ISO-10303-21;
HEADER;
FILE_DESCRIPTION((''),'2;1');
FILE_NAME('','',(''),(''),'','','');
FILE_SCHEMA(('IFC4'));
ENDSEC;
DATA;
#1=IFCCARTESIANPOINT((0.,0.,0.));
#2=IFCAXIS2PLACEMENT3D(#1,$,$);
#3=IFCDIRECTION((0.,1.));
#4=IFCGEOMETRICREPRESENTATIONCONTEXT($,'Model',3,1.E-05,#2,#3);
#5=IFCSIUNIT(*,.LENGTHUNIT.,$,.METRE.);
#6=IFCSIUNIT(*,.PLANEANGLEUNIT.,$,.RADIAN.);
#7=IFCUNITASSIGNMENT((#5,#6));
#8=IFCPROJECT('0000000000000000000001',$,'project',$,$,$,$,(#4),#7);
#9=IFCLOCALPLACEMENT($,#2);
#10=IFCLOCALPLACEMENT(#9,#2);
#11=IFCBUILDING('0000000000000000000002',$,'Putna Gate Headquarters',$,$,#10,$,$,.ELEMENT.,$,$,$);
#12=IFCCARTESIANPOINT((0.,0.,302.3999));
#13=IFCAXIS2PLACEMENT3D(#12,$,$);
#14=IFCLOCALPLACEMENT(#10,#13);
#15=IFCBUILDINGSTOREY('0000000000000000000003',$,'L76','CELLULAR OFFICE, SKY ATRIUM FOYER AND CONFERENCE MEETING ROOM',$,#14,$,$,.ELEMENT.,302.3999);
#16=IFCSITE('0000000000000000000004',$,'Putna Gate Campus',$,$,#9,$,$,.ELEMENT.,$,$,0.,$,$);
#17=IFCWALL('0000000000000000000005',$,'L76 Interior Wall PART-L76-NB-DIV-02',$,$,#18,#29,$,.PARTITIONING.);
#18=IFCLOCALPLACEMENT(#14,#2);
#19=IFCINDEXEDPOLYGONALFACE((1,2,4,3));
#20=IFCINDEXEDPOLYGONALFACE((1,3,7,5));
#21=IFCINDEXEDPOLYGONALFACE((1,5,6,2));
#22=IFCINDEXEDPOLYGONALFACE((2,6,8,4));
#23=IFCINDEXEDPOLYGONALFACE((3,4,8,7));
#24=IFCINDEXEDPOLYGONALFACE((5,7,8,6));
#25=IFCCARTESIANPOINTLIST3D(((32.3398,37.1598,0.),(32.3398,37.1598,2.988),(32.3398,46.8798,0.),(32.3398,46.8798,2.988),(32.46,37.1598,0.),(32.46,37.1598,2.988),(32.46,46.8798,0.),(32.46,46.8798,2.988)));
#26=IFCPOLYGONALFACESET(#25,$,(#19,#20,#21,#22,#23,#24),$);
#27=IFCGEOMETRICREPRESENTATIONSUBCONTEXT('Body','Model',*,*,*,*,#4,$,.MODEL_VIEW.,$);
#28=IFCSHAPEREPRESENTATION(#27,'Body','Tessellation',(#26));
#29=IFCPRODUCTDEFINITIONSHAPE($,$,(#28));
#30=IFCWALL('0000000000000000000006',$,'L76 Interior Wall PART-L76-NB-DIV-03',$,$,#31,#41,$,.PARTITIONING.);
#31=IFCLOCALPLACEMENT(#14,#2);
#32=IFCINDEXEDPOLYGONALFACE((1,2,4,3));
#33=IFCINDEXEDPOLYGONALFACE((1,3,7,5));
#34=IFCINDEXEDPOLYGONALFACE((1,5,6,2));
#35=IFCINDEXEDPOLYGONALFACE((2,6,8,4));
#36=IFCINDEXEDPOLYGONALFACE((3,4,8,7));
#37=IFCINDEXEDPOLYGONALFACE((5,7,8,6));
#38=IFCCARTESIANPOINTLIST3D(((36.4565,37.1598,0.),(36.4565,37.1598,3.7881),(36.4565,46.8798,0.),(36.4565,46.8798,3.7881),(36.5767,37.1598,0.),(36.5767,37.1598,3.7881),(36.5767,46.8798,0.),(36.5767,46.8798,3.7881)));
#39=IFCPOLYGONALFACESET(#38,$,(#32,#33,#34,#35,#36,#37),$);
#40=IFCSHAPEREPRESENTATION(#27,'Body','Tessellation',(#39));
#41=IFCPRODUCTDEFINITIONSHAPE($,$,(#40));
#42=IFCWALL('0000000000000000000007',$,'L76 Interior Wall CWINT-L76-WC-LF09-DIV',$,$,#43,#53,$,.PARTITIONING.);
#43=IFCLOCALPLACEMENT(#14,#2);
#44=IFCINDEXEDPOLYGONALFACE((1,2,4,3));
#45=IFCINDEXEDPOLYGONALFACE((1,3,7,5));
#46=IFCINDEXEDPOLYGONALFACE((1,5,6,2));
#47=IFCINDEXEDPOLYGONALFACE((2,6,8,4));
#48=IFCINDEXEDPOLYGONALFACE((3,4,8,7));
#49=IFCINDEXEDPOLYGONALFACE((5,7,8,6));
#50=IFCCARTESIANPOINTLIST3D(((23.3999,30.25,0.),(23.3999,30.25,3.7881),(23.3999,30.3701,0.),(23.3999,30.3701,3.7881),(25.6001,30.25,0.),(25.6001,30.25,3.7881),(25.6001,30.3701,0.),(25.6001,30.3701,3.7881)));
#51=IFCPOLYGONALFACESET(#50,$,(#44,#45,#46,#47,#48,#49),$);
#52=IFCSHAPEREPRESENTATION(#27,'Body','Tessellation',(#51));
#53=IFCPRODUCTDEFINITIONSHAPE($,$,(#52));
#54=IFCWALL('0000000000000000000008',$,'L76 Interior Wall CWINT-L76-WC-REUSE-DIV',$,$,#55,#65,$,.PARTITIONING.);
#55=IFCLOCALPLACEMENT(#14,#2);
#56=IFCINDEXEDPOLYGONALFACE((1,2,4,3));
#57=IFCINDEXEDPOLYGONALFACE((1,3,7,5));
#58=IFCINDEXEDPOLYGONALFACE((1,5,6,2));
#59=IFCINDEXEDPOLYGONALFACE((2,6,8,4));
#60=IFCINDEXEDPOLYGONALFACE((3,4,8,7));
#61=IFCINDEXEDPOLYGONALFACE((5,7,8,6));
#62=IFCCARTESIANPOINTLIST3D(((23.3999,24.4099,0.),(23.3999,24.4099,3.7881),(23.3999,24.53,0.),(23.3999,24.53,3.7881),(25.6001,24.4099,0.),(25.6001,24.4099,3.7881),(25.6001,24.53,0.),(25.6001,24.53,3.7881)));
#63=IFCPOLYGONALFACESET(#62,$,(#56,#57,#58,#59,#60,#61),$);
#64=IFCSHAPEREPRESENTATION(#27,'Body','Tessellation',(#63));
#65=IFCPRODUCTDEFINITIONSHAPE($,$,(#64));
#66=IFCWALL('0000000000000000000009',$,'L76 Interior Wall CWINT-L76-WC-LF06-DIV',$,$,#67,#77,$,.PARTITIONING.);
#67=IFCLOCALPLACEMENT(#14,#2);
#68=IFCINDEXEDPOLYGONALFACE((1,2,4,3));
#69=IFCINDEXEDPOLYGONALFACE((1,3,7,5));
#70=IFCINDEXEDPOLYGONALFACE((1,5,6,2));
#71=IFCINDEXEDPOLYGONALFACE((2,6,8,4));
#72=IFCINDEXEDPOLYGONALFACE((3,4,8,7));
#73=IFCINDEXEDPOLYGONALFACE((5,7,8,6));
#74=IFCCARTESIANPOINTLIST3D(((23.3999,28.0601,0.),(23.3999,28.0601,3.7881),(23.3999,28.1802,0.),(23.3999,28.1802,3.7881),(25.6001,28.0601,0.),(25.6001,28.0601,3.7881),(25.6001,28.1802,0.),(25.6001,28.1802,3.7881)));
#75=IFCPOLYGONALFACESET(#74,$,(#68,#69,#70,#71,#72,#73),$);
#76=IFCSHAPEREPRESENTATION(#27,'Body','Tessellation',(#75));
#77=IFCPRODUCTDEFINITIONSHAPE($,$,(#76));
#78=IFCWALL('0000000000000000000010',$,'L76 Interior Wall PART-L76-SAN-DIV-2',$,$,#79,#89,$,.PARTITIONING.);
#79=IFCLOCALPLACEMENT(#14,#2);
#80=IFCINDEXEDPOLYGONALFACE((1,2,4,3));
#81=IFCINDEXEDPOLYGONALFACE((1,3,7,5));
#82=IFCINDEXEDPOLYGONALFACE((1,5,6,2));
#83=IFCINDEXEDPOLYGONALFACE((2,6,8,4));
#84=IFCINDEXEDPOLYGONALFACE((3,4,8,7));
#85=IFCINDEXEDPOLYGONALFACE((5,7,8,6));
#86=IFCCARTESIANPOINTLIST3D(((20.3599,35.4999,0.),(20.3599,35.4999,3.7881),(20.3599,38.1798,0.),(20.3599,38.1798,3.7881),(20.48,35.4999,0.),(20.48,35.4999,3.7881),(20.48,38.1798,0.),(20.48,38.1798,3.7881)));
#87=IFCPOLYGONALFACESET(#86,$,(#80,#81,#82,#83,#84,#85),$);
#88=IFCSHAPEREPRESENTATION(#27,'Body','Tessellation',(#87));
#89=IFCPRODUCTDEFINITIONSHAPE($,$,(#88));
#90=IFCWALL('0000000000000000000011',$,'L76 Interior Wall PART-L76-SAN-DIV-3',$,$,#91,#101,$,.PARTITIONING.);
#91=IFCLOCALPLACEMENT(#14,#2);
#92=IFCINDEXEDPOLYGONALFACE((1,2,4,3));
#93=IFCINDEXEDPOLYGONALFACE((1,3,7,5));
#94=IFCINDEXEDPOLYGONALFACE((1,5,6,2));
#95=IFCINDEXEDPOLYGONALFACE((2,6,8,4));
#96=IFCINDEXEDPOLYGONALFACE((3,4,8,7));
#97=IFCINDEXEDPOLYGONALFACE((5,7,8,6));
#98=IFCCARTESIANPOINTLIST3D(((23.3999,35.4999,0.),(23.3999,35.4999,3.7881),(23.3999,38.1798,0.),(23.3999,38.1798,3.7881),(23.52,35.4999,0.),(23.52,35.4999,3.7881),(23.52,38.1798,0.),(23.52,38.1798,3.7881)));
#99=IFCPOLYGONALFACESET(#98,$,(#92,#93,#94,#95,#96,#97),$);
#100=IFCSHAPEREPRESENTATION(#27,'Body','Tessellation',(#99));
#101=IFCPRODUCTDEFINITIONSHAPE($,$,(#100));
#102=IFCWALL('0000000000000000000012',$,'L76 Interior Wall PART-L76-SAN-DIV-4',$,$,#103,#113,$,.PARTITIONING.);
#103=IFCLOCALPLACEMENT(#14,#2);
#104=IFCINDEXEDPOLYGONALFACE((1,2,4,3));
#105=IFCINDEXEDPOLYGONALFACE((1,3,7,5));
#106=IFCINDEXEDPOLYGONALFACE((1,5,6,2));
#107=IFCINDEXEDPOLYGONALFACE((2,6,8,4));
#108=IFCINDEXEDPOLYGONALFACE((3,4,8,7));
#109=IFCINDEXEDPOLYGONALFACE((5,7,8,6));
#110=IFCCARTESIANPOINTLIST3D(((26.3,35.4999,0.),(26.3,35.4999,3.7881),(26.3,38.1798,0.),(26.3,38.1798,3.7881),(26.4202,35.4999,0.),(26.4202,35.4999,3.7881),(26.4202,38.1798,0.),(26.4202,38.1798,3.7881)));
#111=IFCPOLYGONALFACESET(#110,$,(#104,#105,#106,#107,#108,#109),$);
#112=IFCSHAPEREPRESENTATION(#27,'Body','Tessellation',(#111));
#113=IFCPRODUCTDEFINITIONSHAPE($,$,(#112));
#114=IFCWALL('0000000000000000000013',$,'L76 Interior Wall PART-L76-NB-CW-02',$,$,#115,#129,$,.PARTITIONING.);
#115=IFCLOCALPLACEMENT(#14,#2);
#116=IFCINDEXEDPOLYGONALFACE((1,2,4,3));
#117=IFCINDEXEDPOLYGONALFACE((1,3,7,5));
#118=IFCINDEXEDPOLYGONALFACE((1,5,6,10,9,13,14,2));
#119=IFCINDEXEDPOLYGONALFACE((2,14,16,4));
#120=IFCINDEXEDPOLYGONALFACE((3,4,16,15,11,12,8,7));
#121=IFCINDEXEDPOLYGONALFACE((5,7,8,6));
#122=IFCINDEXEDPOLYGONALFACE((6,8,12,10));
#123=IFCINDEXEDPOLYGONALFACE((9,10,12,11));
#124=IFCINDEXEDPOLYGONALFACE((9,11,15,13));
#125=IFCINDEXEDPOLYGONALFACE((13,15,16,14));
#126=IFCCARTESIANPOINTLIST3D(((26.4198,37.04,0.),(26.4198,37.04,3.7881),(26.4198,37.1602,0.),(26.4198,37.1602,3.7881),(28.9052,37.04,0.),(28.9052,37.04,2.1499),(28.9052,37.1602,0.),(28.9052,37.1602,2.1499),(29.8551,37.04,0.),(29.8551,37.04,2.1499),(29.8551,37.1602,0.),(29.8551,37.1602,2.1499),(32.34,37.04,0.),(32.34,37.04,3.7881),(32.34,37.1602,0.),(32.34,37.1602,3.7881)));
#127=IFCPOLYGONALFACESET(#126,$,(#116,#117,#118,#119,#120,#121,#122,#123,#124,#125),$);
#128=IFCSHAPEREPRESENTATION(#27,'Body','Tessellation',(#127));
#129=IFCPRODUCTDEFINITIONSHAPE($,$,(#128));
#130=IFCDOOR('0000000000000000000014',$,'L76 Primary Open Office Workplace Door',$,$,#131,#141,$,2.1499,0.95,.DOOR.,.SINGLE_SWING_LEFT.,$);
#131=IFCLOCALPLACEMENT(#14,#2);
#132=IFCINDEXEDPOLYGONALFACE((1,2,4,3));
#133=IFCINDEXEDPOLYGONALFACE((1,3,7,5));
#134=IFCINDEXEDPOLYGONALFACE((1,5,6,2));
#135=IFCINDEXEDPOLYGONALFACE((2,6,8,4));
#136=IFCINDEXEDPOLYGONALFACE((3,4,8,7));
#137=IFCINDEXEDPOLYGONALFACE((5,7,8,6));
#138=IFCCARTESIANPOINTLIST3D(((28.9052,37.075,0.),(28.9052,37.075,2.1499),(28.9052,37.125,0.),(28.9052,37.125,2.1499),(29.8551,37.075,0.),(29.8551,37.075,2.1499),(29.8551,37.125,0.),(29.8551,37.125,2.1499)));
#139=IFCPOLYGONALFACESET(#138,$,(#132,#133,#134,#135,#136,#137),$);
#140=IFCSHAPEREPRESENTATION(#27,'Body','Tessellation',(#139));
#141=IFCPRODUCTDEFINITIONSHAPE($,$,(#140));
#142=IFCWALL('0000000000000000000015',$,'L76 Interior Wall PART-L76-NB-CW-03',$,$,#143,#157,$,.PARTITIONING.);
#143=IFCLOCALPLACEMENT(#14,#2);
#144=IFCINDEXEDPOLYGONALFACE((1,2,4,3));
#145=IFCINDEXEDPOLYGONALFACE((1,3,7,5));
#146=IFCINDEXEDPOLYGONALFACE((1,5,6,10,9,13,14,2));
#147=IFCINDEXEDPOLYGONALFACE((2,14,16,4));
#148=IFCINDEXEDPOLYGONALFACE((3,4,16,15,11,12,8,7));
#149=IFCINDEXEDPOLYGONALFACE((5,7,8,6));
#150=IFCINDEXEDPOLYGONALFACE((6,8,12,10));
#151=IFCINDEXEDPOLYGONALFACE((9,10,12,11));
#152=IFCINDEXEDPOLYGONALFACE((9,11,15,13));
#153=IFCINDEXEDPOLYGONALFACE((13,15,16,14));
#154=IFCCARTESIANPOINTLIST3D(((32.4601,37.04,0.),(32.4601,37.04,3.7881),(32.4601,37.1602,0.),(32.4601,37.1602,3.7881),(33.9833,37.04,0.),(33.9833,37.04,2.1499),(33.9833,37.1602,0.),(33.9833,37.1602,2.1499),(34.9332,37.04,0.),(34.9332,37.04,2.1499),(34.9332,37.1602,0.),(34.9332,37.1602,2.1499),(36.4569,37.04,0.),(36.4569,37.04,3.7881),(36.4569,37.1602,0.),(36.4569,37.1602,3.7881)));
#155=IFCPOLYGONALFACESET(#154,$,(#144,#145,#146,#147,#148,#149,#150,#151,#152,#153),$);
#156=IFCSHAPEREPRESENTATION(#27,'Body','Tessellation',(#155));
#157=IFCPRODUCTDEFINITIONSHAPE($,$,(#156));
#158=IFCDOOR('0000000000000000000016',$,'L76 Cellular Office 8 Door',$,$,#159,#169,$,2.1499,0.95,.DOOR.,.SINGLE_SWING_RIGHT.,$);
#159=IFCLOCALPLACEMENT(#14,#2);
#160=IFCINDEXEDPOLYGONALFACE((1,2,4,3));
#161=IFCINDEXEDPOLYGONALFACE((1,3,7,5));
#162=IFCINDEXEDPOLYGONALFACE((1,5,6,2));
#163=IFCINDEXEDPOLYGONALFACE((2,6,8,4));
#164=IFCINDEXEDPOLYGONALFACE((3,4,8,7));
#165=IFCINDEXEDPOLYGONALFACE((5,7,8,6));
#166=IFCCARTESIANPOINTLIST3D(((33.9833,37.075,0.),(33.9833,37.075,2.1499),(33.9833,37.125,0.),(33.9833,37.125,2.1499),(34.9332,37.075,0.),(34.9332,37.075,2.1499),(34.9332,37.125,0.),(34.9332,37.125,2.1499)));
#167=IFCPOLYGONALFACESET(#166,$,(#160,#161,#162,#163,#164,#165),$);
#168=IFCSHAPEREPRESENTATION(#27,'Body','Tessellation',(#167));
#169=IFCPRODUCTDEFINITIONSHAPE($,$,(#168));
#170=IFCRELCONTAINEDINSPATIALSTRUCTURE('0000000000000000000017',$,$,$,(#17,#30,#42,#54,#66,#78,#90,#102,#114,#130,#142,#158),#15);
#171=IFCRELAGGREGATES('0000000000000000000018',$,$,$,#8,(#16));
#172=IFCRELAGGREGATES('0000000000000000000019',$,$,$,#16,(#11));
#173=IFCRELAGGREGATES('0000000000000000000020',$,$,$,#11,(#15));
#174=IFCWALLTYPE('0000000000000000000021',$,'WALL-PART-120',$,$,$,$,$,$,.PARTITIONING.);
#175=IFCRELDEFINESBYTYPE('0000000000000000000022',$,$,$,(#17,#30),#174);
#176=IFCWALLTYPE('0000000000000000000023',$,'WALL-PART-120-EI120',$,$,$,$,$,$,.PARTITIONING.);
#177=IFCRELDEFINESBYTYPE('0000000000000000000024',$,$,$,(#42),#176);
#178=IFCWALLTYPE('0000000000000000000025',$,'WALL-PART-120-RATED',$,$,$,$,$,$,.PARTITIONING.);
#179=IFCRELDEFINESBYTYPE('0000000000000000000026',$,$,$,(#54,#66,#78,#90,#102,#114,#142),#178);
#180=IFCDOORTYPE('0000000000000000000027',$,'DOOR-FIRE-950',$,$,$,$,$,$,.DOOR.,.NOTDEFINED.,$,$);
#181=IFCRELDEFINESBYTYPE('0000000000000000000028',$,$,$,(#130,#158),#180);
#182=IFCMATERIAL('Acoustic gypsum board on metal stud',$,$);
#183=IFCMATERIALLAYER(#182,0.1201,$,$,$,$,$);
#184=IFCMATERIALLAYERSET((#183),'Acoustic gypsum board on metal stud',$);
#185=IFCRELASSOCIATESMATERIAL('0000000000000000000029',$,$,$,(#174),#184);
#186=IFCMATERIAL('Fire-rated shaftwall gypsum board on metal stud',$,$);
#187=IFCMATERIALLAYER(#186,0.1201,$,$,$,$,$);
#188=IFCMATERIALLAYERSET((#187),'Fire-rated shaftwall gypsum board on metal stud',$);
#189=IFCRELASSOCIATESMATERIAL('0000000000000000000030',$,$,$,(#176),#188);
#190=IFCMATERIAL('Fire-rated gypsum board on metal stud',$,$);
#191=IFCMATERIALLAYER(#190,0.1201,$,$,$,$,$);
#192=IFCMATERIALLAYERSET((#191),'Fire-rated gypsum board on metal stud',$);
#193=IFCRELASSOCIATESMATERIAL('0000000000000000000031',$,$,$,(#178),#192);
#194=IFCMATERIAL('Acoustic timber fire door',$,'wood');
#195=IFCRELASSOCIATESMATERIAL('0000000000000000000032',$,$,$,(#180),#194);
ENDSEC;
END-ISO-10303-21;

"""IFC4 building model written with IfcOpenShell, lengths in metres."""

from ifc_helpers import new_model, si_unit, direction, frame, frame_2d, origin, place, context, subcontext, project, spatial, rectangle, extrude, material, layer, layer_set, type_object, element, fill, save


model = new_model("IFC4")

# Units and contexts
model_context = context("Model", 3, precision=1e-05, world=origin(), true_north=direction((0.0, 1.0)))
body_context = subcontext(model_context, "Body", "Model", "MODEL_VIEW")
ifc_project = project(units=[si_unit("LENGTHUNIT", "METRE"), si_unit("PLANEANGLEUNIT", "RADIAN")], contexts=[model_context])

# Site, building, storey
site_placement = place(None, origin())
site = spatial("IfcSite", under=ifc_project, at=site_placement, Name="Putna Gate Campus", CompositionType="ELEMENT", RefElevation=0.0)
building_placement = place(site_placement, origin())
building = spatial("IfcBuilding", under=site, at=building_placement, Name="Putna Gate Headquarters", CompositionType="ELEMENT")
storey_placement = place(building_placement, frame((0.0, 0.0, 302.3999)))
storey = spatial("IfcBuildingStorey", under=building, at=storey_placement, Name="L76", Description="CELLULAR OFFICE, SKY ATRIUM FOYER AND CONFERENCE MEETING ROOM", CompositionType="ELEMENT", Elevation=302.3999)

# Walls
ifc_material_1 = material(Name="Acoustic gypsum board on metal stud")
ifc_layer_1 = layer(ifc_material_1, 0.1201)
ifc_layer_set_1 = layer_set([ifc_layer_1], Name="Acoustic gypsum board on metal stud")
wall_type_1 = type_object("IfcWallType", Name="WALL-PART-120", PredefinedType="PARTITIONING", material=ifc_layer_set_1)
wall_1_placement = place(storey_placement, frame((32.3999, 37.1599, 0.0), z_axis=(0.0, 0.0, 1.0), x_axis=(0.0, 1.0, 0.0)))
element("IfcWall", 1, at=wall_1_placement, inside=storey, type_object=wall_type_1, Name="L76 Interior Wall PART-L76-NB-DIV-02", PredefinedType="PARTITIONING", context=body_context, shape_type="SweptSolid", body=[
    extrude(rectangle(XDim=9.72, YDim=0.1201, at=frame_2d((4.8599, 0.0))), origin(), (0.0, 0.0, 1.0), 2.988),
])
wall_2_placement = place(storey_placement, frame((36.5166, 37.1599, 0.0), z_axis=(0.0, 0.0, 1.0), x_axis=(0.0, 1.0, 0.0)))
element("IfcWall", 2, at=wall_2_placement, inside=storey, type_object=wall_type_1, Name="L76 Interior Wall PART-L76-NB-DIV-03", PredefinedType="PARTITIONING", context=body_context, shape_type="SweptSolid", body=[
    extrude(rectangle(XDim=9.72, YDim=0.1201, at=frame_2d((4.8599, 0.0))), origin(), (0.0, 0.0, 1.0), 3.7881),
])
ifc_material_2 = material(Name="Fire-rated shaftwall gypsum board on metal stud")
ifc_layer_2 = layer(ifc_material_2, 0.1201)
ifc_layer_set_2 = layer_set([ifc_layer_2], Name="Fire-rated shaftwall gypsum board on metal stud")
wall_type_2 = type_object("IfcWallType", Name="WALL-PART-120-EI120", PredefinedType="PARTITIONING", material=ifc_layer_set_2)
wall_3_placement = place(storey_placement, frame((23.3999, 30.3101, 0.0), z_axis=(0.0, 0.0, 1.0), x_axis=(1.0, 0.0, 0.0)))
element("IfcWall", 3, at=wall_3_placement, inside=storey, type_object=wall_type_2, Name="L76 Interior Wall CWINT-L76-WC-LF09-DIV", PredefinedType="PARTITIONING", context=body_context, shape_type="SweptSolid", body=[
    extrude(rectangle(XDim=2.2002, YDim=0.1201, at=frame_2d((1.1001, 0.0))), origin(), (0.0, 0.0, 1.0), 3.7881),
])
ifc_material_3 = material(Name="Fire-rated gypsum board on metal stud")
ifc_layer_3 = layer(ifc_material_3, 0.1201)
ifc_layer_set_3 = layer_set([ifc_layer_3], Name="Fire-rated gypsum board on metal stud")
wall_type_3 = type_object("IfcWallType", Name="WALL-PART-120-RATED", PredefinedType="PARTITIONING", material=ifc_layer_set_3)
for number, where, z_axis, x_axis, name in (
    (4, (23.3999, 24.47, 0.0), (0.0, 0.0, 1.0), (1.0, 0.0, 0.0), "L76 Interior Wall CWINT-L76-WC-REUSE-DIV"),
    (5, (23.3999, 28.1201, 0.0), (0.0, 0.0, 1.0), (1.0, 0.0, 0.0), "L76 Interior Wall CWINT-L76-WC-LF06-DIV"),
):
    element("IfcWall", number, at=place(storey_placement, frame(where, z_axis=z_axis, x_axis=x_axis)), inside=storey, type_object=wall_type_3, Name=name, PredefinedType="PARTITIONING", context=body_context, shape_type="SweptSolid", body=[
        extrude(rectangle(XDim=2.2002, YDim=0.1201, at=frame_2d((1.1001, 0.0))), origin(), (0.0, 0.0, 1.0), 3.7881),
    ])
for number, where, z_axis, x_axis, name in (
    (6, (20.4199, 35.5, 0.0), (0.0, 0.0, 1.0), (0.0, 1.0, 0.0), "L76 Interior Wall PART-L76-SAN-DIV-2"),
    (7, (23.46, 35.5, 0.0), (0.0, 0.0, 1.0), (0.0, 1.0, 0.0), "L76 Interior Wall PART-L76-SAN-DIV-3"),
    (8, (26.3601, 35.5, 0.0), (0.0, 0.0, 1.0), (0.0, 1.0, 0.0), "L76 Interior Wall PART-L76-SAN-DIV-4"),
):
    element("IfcWall", number, at=place(storey_placement, frame(where, z_axis=z_axis, x_axis=x_axis)), inside=storey, type_object=wall_type_3, Name=name, PredefinedType="PARTITIONING", context=body_context, shape_type="SweptSolid", body=[
        extrude(rectangle(XDim=2.6799, YDim=0.1201, at=frame_2d((1.3398, 0.0))), origin(), (0.0, 0.0, 1.0), 3.7881),
    ])

# Walls, openings, doors
wall_4_placement = place(storey_placement, frame((26.4199, 37.1001, 0.0), z_axis=(0.0, 0.0, 1.0), x_axis=(1.0, 0.0, 0.0)))
wall_4 = element("IfcWall", 9, at=wall_4_placement, inside=storey, type_object=wall_type_3, Name="L76 Interior Wall PART-L76-NB-CW-02", PredefinedType="PARTITIONING", context=body_context, shape_type="SweptSolid", body=[
    extrude(rectangle(XDim=5.9202, YDim=0.1201, at=frame_2d((2.96, 0.0))), origin(), (0.0, 0.0, 1.0), 3.7881),
])
opening_1_placement = place(wall_4_placement, frame((2.4851, 0.0, 0.0)))
opening_1 = element("IfcOpeningElement", 10, at=opening_1_placement, cuts=wall_4, PredefinedType="OPENING", context=body_context, shape_type="SweptSolid", body=[
    extrude(rectangle(XDim=0.95, YDim=2.1499, at=frame_2d((0.4751, 1.075))), frame((0.0, 0.0701, 0.0), z_axis=(0.0, -1.0, 0.0), x_axis=(1.0, 0.0, 0.0)), (0.0, 0.0, 1.0), 0.1401),
])
ifc_material_4 = material(Name="Acoustic timber fire door", Category="wood")
door_type = type_object("IfcDoorType", Name="DOOR-FIRE-950", OperationType="NOTDEFINED", PredefinedType="DOOR", material=ifc_material_4)
door_1_placement = place(opening_1_placement, origin())
door_1 = element("IfcDoor", 11, at=door_1_placement, inside=storey, type_object=door_type, Name="L76 Primary Open Office Workplace Door", OperationType="SINGLE_SWING_LEFT", OverallHeight=2.1499, OverallWidth=0.95, PredefinedType="DOOR", context=body_context, shape_type="SweptSolid", body=[
    extrude(rectangle(XDim=0.95, YDim=2.1499, at=frame_2d((0.4751, 1.075))), frame((0.0, 0.0249, 0.0), z_axis=(0.0, -1.0, 0.0), x_axis=(1.0, 0.0, 0.0)), (0.0, 0.0, 1.0), 0.05),
])
fill(opening_1, door_1)
wall_5_placement = place(storey_placement, frame((32.46, 37.1001, 0.0), z_axis=(0.0, 0.0, 1.0), x_axis=(1.0, 0.0, 0.0)))
wall_5 = element("IfcWall", 12, at=wall_5_placement, inside=storey, type_object=wall_type_3, Name="L76 Interior Wall PART-L76-NB-CW-03", PredefinedType="PARTITIONING", context=body_context, shape_type="SweptSolid", body=[
    extrude(rectangle(XDim=3.9968, YDim=0.1201, at=frame_2d((1.9985, 0.0))), origin(), (0.0, 0.0, 1.0), 3.7881),
])
opening_2_placement = place(wall_5_placement, frame((1.5232, 0.0, 0.0)))
opening_2 = element("IfcOpeningElement", 13, at=opening_2_placement, cuts=wall_5, PredefinedType="OPENING", context=body_context, shape_type="SweptSolid", body=[
    extrude(rectangle(XDim=0.95, YDim=2.1499, at=frame_2d((0.4751, 1.075))), frame((0.0, 0.0701, 0.0), z_axis=(0.0, -1.0, 0.0), x_axis=(1.0, 0.0, 0.0)), (0.0, 0.0, 1.0), 0.1401),
])
door_2_placement = place(opening_2_placement, origin())
door_2 = element("IfcDoor", 14, at=door_2_placement, inside=storey, type_object=door_type, Name="L76 Cellular Office 8 Door", OperationType="SINGLE_SWING_RIGHT", OverallHeight=2.1499, OverallWidth=0.95, PredefinedType="DOOR", context=body_context, shape_type="SweptSolid", body=[
    extrude(rectangle(XDim=0.95, YDim=2.1499, at=frame_2d((0.4751, 1.075))), frame((0.0, 0.0249, 0.0), z_axis=(0.0, -1.0, 0.0), x_axis=(1.0, 0.0, 0.0)), (0.0, 0.0, 1.0), 0.05),
])
fill(opening_2, door_2)

save(model, "model.ifc")
